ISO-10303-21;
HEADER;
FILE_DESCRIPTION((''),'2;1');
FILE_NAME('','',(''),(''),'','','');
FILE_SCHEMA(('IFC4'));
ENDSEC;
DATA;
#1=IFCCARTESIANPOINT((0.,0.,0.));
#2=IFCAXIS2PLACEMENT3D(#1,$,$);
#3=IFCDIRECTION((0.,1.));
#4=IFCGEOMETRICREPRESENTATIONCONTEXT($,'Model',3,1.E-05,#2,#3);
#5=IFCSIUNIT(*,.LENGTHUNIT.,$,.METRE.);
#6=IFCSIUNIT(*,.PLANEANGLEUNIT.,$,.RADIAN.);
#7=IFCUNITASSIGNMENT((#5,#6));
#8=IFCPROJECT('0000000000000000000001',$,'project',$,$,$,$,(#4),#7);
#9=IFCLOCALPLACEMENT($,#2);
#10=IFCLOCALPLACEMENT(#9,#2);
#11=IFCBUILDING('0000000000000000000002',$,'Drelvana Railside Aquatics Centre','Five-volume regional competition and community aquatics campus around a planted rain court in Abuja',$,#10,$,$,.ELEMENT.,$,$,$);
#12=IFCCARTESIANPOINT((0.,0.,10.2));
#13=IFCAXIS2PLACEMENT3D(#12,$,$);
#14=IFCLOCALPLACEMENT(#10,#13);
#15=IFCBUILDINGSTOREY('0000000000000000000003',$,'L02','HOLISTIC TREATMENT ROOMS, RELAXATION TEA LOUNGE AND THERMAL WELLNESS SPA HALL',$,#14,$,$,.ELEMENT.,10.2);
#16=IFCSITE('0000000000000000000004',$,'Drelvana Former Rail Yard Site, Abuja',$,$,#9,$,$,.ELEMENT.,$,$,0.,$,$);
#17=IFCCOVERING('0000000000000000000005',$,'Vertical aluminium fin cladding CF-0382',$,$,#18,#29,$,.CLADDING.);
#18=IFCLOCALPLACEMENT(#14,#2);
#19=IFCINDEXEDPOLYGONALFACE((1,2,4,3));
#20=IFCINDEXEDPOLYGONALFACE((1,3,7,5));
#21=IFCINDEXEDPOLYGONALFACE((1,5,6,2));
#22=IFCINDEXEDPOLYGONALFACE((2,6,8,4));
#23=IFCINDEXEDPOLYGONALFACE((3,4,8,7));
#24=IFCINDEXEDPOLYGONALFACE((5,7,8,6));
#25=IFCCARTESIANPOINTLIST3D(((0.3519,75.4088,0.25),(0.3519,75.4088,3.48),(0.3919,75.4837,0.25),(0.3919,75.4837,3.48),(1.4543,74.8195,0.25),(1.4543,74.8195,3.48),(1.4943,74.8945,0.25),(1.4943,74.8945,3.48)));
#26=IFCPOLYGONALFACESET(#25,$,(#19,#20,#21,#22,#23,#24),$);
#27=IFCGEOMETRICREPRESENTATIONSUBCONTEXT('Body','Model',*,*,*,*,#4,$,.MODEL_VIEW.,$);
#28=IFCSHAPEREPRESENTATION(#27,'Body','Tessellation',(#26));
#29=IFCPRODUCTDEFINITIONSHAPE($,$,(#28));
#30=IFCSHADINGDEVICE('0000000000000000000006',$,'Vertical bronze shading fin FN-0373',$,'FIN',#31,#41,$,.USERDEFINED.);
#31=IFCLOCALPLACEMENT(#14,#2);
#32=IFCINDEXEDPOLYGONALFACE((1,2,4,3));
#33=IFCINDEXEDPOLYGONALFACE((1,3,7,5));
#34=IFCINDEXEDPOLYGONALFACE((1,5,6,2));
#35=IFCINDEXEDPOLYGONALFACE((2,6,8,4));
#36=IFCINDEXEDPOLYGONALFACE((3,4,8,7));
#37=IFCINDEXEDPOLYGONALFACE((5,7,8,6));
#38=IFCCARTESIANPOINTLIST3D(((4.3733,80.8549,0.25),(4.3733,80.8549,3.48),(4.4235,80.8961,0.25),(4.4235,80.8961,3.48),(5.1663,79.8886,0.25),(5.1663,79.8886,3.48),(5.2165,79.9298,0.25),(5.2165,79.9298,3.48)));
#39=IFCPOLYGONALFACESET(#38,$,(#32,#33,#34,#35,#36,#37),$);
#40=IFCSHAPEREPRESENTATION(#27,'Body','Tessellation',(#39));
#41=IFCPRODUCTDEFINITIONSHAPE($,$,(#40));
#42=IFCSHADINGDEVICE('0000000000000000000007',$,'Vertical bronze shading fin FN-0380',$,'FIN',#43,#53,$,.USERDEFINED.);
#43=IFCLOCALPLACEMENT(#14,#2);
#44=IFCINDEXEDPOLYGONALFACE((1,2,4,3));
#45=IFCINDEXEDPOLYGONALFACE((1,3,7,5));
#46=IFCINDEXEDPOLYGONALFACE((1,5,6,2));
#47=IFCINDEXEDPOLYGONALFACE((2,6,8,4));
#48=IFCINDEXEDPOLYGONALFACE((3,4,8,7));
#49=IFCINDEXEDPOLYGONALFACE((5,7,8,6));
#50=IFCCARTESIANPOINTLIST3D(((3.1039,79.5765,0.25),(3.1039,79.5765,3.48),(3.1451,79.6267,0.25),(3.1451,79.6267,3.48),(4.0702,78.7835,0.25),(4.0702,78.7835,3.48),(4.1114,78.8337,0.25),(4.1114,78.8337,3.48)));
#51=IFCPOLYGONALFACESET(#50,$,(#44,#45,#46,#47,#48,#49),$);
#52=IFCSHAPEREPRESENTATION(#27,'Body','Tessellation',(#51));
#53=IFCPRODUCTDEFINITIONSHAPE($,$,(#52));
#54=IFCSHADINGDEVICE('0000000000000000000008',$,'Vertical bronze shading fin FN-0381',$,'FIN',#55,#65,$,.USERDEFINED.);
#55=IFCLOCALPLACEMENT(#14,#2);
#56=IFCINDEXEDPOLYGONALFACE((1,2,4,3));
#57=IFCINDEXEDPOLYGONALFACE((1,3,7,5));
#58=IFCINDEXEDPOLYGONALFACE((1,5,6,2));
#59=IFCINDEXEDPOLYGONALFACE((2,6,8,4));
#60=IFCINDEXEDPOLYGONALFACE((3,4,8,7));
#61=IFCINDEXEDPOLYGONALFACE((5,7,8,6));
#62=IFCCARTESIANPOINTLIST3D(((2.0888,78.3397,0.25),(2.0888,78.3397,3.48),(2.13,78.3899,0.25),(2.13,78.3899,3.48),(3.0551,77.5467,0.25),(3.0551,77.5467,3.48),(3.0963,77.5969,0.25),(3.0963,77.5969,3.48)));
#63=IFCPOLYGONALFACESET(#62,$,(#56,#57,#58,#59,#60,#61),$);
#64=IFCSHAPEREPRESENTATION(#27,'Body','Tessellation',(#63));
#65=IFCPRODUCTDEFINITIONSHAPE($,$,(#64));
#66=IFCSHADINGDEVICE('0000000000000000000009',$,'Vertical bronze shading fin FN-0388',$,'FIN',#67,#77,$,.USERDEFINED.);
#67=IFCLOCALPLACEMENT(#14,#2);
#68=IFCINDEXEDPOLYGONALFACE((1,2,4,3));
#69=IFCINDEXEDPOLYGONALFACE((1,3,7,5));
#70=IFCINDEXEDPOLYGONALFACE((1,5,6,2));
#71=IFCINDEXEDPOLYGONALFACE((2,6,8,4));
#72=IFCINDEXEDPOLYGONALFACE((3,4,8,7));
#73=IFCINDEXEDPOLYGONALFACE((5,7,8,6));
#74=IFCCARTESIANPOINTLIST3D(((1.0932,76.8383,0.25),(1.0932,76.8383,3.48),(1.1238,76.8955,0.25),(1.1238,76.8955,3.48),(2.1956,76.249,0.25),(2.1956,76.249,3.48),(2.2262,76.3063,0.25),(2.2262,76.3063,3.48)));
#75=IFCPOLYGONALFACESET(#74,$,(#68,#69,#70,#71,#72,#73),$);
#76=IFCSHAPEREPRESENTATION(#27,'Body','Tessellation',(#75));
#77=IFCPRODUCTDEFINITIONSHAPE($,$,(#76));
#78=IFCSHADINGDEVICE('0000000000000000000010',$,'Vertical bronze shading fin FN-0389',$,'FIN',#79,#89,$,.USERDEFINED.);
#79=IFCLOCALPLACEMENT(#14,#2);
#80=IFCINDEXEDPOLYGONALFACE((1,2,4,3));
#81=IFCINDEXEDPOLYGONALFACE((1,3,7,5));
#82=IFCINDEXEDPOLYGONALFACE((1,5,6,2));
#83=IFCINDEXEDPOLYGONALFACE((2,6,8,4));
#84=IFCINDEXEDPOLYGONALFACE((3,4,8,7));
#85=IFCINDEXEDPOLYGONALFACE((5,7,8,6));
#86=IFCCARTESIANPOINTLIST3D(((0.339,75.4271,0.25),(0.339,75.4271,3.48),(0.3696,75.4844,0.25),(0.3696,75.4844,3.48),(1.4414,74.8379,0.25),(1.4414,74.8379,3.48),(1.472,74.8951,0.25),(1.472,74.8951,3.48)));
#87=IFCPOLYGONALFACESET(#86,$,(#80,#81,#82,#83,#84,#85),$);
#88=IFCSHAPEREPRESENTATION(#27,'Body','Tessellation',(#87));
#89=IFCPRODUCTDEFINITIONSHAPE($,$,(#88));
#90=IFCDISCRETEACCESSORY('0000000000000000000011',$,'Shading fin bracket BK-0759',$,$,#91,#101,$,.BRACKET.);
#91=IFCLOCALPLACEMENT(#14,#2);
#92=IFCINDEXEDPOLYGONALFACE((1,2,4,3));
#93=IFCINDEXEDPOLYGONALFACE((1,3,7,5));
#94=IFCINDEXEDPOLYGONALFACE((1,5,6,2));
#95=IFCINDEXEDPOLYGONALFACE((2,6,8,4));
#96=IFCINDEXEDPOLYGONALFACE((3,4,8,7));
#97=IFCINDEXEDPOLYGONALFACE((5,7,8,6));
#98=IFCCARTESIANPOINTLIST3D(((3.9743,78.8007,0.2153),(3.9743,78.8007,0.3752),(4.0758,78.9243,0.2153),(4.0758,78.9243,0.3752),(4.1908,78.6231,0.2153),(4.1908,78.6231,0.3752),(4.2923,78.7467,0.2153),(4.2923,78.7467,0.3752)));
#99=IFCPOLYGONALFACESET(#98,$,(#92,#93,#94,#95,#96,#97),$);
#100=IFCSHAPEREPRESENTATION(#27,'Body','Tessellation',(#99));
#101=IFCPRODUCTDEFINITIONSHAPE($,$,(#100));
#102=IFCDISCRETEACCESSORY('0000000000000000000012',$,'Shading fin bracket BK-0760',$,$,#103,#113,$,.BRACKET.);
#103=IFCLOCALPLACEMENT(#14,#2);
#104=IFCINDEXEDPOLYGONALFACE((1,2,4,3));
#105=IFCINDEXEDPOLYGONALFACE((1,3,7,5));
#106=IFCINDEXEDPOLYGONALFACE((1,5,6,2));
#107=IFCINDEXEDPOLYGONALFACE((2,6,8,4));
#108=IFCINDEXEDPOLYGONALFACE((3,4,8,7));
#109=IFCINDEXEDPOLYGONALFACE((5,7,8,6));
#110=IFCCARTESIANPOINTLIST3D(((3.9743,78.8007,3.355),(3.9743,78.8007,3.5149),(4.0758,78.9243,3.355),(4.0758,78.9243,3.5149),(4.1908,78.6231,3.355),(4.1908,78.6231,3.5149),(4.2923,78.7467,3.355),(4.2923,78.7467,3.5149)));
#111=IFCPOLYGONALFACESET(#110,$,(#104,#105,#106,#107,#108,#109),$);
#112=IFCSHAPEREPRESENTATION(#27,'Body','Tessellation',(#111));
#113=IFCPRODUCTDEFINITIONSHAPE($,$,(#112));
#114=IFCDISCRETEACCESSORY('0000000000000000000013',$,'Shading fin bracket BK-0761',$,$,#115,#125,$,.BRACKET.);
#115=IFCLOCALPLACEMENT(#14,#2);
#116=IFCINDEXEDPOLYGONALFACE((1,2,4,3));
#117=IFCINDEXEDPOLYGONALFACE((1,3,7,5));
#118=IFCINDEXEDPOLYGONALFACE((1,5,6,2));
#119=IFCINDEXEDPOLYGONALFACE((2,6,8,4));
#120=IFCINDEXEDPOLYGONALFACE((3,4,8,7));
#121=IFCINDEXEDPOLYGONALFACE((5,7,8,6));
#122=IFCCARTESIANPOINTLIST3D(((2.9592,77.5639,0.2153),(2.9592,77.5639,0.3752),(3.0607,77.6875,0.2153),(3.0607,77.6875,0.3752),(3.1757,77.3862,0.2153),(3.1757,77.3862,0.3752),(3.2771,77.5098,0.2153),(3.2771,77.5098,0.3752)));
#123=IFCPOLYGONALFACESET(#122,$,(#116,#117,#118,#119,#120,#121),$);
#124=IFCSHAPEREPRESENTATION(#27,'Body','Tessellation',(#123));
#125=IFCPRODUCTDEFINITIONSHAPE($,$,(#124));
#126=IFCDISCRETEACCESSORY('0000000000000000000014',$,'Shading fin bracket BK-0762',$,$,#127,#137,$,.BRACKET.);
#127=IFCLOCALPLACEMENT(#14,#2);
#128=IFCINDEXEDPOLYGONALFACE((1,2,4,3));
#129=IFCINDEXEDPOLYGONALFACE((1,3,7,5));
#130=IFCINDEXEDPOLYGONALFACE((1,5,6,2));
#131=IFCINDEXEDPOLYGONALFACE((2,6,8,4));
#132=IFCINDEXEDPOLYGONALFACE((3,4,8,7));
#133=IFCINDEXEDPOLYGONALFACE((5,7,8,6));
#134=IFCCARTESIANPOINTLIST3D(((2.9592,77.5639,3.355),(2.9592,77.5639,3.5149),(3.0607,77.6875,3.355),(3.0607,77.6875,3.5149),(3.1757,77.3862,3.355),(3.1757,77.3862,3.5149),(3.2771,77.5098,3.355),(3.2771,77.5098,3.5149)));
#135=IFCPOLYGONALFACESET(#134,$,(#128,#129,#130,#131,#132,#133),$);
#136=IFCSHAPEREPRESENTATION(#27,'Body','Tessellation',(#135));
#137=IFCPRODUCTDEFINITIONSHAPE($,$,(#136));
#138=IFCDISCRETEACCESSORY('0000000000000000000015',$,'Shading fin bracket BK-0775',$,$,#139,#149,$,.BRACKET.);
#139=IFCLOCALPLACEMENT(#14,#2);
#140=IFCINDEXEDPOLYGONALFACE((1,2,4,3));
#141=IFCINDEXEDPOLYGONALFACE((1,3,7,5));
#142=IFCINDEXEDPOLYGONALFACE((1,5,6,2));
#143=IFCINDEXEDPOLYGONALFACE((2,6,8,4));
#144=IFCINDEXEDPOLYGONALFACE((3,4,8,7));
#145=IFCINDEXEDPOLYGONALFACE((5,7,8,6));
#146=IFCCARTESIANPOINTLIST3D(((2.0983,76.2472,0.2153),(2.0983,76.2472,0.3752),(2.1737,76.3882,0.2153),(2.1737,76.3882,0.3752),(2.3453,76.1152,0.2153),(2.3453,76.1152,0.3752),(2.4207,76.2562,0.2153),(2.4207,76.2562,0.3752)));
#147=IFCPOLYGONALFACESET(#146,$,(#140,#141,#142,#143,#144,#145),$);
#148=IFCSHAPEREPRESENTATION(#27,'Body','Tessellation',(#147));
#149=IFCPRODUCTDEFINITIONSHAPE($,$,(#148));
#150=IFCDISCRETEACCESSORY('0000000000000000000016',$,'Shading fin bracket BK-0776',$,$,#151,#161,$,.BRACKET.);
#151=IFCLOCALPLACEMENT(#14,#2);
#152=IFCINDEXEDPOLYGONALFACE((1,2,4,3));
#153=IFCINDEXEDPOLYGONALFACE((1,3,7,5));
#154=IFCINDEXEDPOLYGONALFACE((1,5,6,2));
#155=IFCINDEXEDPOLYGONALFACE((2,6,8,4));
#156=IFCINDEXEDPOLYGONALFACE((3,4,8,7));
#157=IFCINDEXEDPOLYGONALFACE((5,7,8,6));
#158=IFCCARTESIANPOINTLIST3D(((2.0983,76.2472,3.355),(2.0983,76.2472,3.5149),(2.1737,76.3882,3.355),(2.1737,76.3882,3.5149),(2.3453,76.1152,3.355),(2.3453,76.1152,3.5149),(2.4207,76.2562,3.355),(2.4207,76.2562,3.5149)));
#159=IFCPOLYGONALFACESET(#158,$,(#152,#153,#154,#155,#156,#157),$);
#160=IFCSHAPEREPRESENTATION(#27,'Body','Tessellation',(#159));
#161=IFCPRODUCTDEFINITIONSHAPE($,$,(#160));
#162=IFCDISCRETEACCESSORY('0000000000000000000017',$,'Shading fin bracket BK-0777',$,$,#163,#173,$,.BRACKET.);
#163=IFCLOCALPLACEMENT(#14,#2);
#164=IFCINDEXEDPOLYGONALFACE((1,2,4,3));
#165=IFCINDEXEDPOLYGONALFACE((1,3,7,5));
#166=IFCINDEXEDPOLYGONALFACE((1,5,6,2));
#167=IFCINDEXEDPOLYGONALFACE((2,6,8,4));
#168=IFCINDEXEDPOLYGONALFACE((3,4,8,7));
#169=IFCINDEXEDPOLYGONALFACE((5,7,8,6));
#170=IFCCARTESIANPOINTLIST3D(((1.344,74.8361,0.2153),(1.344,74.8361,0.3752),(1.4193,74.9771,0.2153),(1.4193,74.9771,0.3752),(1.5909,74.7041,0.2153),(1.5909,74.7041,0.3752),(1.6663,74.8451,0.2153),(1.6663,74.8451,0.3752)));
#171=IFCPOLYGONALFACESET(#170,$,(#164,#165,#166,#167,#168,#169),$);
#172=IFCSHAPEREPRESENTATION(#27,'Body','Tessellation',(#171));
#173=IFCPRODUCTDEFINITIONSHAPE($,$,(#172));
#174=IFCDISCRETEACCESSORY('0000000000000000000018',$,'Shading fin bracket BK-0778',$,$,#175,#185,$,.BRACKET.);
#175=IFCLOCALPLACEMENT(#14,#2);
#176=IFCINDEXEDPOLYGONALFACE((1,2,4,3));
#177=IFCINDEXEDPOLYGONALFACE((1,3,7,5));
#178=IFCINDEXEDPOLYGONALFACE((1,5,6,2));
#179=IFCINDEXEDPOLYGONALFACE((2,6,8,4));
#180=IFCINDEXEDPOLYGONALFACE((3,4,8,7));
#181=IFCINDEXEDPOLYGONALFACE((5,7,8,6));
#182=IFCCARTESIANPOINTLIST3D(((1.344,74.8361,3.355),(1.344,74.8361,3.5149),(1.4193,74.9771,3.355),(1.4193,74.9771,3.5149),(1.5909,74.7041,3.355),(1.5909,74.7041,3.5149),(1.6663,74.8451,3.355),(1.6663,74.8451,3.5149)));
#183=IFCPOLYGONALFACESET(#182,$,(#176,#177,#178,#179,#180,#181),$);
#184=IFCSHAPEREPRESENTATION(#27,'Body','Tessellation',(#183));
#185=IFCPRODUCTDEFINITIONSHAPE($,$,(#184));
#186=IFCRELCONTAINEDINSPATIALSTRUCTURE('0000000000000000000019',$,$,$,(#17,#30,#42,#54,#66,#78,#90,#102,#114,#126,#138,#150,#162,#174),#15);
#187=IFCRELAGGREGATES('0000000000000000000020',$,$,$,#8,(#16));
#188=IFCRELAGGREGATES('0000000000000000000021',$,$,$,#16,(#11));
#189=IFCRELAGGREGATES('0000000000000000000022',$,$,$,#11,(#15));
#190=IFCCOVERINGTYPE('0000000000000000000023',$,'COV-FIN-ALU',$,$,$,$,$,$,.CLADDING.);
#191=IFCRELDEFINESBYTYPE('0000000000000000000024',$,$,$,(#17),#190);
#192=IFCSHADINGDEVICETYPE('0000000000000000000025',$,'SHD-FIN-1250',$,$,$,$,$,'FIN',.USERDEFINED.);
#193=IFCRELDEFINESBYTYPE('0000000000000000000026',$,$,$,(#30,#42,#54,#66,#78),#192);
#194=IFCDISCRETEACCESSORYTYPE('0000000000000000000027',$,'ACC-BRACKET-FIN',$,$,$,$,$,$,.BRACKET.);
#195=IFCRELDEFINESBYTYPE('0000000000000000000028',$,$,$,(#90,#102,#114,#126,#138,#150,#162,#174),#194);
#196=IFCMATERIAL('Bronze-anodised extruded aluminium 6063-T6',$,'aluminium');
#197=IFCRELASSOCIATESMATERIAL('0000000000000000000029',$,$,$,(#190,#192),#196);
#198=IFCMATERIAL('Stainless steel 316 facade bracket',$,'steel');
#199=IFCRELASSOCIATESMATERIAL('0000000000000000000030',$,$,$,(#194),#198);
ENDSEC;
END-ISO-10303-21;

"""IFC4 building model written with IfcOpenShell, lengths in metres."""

from ifc_helpers import new_model, si_unit, direction, frame, origin, origin_2d, place, context, subcontext, project, spatial, rectangle, extrude, material, type_object, element, save


model = new_model("IFC4")

# Units and contexts
model_context = context("Model", 3, precision=1e-05, world=origin(), true_north=direction((0.0, 1.0)))
body_context = subcontext(model_context, "Body", "Model", "MODEL_VIEW")
ifc_project = project(units=[si_unit("LENGTHUNIT", "METRE"), si_unit("PLANEANGLEUNIT", "RADIAN")], contexts=[model_context])

# Site, building, storey
site_placement = place(None, origin())
site = spatial("IfcSite", under=ifc_project, at=site_placement, Name="Drelvana Former Rail Yard Site, Abuja", CompositionType="ELEMENT", RefElevation=0.0)
building_placement = place(site_placement, origin())
building = spatial("IfcBuilding", under=site, at=building_placement, Name="Drelvana Railside Aquatics Centre", Description="Five-volume regional competition and community aquatics campus around a planted rain court in Abuja", CompositionType="ELEMENT")
storey_placement = place(building_placement, frame((0.0, 0.0, 10.2)))
storey = spatial("IfcBuildingStorey", under=building, at=storey_placement, Name="L02", Description="HOLISTIC TREATMENT ROOMS, RELAXATION TEA LOUNGE AND THERMAL WELLNESS SPA HALL", CompositionType="ELEMENT", Elevation=10.2)

# Covering
ifc_material_1 = material(Name="Bronze-anodised extruded aluminium 6063-T6", Category="aluminium")
covering_type = type_object("IfcCoveringType", Name="COV-FIN-ALU", PredefinedType="CLADDING", material=ifc_material_1)
for number, where, z_axis, x_axis, name in (
    (1, (0.9231, 75.1516, 0.25), (0.0, 0.0, 1.0), (0.471397, 0.881921, 0.0), "Vertical aluminium fin cladding CF-0382"),
):
    element("IfcCovering", number, at=place(storey_placement, frame(where, z_axis=z_axis, x_axis=x_axis)), inside=storey, type_object=covering_type, Name=name, PredefinedType="CLADDING", context=body_context, shape_type="SweptSolid", body=[
        extrude(rectangle(XDim=0.085, YDim=1.25, at=origin_2d()), origin(), (0.0, 0.0, 1.0), 3.23),
    ])

# Shading devices
shading_device_type = type_object("IfcShadingDeviceType", Name="SHD-FIN-1250", ElementType="FIN", PredefinedType="USERDEFINED", material=ifc_material_1)
for number, where, z_axis, x_axis, name in (
    (2, (4.7949, 80.3923, 0.25), (0.0, 0.0, 1.0), (-0.634393, 0.77301, 0.0), "Vertical bronze shading fin FN-0373"),
    (3, (3.6077, 79.2051, 0.25), (0.0, 0.0, 1.0), (-0.77301, 0.634393, 0.0), "Vertical bronze shading fin FN-0380"),
    (4, (2.5925, 77.9683, 0.25), (0.0, 0.0, 1.0), (-0.77301, 0.634393, 0.0), "Vertical bronze shading fin FN-0381"),
    (5, (1.6597, 76.5723, 0.25), (0.0, 0.0, 1.0), (-0.881921, 0.471397, 0.0), "Vertical bronze shading fin FN-0388"),
    (6, (0.9055, 75.1611, 0.25), (0.0, 0.0, 1.0), (-0.881921, 0.471397, 0.0), "Vertical bronze shading fin FN-0389"),
):
    element("IfcShadingDevice", number, at=place(storey_placement, frame(where, z_axis=z_axis, x_axis=x_axis)), inside=storey, type_object=shading_device_type, Name=name, ObjectType="FIN", PredefinedType="USERDEFINED", context=body_context, shape_type="SweptSolid", body=[
        extrude(rectangle(XDim=1.25, YDim=0.0649, at=origin_2d()), origin(), (0.0, 0.0, 1.0), 3.23),
    ])

# Discrete accessories
ifc_material_2 = material(Name="Stainless steel 316 facade bracket", Category="steel")
discrete_accessory_type = type_object("IfcDiscreteAccessoryType", Name="ACC-BRACKET-FIN", PredefinedType="BRACKET", material=ifc_material_2)
for number, where, z_axis, x_axis, name in (
    (7, (4.1333, 78.7737, 0.2153), (0.0, 0.0, 1.0), (-0.77301, 0.634393, 0.0), "Shading fin bracket BK-0759"),
    (8, (4.1333, 78.7737, 3.355), (0.0, 0.0, 1.0), (-0.77301, 0.634393, 0.0), "Shading fin bracket BK-0760"),
    (9, (3.1182, 77.5369, 0.2153), (0.0, 0.0, 1.0), (-0.77301, 0.634393, 0.0), "Shading fin bracket BK-0761"),
    (10, (3.1182, 77.5369, 3.355), (0.0, 0.0, 1.0), (-0.77301, 0.634393, 0.0), "Shading fin bracket BK-0762"),
    (11, (2.2595, 76.2517, 0.2153), (0.0, 0.0, 1.0), (-0.881921, 0.471397, 0.0), "Shading fin bracket BK-0775"),
    (12, (2.2595, 76.2517, 3.355), (0.0, 0.0, 1.0), (-0.881921, 0.471397, 0.0), "Shading fin bracket BK-0776"),
    (13, (1.5051, 74.8406, 0.2153), (0.0, 0.0, 1.0), (-0.881921, 0.471397, 0.0), "Shading fin bracket BK-0777"),
    (14, (1.5051, 74.8406, 3.355), (0.0, 0.0, 1.0), (-0.881921, 0.471397, 0.0), "Shading fin bracket BK-0778"),
):
    element("IfcDiscreteAccessory", number, at=place(storey_placement, frame(where, z_axis=z_axis, x_axis=x_axis)), inside=storey, type_object=discrete_accessory_type, Name=name, PredefinedType="BRACKET", context=body_context, shape_type="SweptSolid", body=[
        extrude(rectangle(XDim=0.28, YDim=0.1599, at=origin_2d()), origin(), (0.0, 0.0, 1.0), 0.1599),
    ])

save(model, "model.ifc")
